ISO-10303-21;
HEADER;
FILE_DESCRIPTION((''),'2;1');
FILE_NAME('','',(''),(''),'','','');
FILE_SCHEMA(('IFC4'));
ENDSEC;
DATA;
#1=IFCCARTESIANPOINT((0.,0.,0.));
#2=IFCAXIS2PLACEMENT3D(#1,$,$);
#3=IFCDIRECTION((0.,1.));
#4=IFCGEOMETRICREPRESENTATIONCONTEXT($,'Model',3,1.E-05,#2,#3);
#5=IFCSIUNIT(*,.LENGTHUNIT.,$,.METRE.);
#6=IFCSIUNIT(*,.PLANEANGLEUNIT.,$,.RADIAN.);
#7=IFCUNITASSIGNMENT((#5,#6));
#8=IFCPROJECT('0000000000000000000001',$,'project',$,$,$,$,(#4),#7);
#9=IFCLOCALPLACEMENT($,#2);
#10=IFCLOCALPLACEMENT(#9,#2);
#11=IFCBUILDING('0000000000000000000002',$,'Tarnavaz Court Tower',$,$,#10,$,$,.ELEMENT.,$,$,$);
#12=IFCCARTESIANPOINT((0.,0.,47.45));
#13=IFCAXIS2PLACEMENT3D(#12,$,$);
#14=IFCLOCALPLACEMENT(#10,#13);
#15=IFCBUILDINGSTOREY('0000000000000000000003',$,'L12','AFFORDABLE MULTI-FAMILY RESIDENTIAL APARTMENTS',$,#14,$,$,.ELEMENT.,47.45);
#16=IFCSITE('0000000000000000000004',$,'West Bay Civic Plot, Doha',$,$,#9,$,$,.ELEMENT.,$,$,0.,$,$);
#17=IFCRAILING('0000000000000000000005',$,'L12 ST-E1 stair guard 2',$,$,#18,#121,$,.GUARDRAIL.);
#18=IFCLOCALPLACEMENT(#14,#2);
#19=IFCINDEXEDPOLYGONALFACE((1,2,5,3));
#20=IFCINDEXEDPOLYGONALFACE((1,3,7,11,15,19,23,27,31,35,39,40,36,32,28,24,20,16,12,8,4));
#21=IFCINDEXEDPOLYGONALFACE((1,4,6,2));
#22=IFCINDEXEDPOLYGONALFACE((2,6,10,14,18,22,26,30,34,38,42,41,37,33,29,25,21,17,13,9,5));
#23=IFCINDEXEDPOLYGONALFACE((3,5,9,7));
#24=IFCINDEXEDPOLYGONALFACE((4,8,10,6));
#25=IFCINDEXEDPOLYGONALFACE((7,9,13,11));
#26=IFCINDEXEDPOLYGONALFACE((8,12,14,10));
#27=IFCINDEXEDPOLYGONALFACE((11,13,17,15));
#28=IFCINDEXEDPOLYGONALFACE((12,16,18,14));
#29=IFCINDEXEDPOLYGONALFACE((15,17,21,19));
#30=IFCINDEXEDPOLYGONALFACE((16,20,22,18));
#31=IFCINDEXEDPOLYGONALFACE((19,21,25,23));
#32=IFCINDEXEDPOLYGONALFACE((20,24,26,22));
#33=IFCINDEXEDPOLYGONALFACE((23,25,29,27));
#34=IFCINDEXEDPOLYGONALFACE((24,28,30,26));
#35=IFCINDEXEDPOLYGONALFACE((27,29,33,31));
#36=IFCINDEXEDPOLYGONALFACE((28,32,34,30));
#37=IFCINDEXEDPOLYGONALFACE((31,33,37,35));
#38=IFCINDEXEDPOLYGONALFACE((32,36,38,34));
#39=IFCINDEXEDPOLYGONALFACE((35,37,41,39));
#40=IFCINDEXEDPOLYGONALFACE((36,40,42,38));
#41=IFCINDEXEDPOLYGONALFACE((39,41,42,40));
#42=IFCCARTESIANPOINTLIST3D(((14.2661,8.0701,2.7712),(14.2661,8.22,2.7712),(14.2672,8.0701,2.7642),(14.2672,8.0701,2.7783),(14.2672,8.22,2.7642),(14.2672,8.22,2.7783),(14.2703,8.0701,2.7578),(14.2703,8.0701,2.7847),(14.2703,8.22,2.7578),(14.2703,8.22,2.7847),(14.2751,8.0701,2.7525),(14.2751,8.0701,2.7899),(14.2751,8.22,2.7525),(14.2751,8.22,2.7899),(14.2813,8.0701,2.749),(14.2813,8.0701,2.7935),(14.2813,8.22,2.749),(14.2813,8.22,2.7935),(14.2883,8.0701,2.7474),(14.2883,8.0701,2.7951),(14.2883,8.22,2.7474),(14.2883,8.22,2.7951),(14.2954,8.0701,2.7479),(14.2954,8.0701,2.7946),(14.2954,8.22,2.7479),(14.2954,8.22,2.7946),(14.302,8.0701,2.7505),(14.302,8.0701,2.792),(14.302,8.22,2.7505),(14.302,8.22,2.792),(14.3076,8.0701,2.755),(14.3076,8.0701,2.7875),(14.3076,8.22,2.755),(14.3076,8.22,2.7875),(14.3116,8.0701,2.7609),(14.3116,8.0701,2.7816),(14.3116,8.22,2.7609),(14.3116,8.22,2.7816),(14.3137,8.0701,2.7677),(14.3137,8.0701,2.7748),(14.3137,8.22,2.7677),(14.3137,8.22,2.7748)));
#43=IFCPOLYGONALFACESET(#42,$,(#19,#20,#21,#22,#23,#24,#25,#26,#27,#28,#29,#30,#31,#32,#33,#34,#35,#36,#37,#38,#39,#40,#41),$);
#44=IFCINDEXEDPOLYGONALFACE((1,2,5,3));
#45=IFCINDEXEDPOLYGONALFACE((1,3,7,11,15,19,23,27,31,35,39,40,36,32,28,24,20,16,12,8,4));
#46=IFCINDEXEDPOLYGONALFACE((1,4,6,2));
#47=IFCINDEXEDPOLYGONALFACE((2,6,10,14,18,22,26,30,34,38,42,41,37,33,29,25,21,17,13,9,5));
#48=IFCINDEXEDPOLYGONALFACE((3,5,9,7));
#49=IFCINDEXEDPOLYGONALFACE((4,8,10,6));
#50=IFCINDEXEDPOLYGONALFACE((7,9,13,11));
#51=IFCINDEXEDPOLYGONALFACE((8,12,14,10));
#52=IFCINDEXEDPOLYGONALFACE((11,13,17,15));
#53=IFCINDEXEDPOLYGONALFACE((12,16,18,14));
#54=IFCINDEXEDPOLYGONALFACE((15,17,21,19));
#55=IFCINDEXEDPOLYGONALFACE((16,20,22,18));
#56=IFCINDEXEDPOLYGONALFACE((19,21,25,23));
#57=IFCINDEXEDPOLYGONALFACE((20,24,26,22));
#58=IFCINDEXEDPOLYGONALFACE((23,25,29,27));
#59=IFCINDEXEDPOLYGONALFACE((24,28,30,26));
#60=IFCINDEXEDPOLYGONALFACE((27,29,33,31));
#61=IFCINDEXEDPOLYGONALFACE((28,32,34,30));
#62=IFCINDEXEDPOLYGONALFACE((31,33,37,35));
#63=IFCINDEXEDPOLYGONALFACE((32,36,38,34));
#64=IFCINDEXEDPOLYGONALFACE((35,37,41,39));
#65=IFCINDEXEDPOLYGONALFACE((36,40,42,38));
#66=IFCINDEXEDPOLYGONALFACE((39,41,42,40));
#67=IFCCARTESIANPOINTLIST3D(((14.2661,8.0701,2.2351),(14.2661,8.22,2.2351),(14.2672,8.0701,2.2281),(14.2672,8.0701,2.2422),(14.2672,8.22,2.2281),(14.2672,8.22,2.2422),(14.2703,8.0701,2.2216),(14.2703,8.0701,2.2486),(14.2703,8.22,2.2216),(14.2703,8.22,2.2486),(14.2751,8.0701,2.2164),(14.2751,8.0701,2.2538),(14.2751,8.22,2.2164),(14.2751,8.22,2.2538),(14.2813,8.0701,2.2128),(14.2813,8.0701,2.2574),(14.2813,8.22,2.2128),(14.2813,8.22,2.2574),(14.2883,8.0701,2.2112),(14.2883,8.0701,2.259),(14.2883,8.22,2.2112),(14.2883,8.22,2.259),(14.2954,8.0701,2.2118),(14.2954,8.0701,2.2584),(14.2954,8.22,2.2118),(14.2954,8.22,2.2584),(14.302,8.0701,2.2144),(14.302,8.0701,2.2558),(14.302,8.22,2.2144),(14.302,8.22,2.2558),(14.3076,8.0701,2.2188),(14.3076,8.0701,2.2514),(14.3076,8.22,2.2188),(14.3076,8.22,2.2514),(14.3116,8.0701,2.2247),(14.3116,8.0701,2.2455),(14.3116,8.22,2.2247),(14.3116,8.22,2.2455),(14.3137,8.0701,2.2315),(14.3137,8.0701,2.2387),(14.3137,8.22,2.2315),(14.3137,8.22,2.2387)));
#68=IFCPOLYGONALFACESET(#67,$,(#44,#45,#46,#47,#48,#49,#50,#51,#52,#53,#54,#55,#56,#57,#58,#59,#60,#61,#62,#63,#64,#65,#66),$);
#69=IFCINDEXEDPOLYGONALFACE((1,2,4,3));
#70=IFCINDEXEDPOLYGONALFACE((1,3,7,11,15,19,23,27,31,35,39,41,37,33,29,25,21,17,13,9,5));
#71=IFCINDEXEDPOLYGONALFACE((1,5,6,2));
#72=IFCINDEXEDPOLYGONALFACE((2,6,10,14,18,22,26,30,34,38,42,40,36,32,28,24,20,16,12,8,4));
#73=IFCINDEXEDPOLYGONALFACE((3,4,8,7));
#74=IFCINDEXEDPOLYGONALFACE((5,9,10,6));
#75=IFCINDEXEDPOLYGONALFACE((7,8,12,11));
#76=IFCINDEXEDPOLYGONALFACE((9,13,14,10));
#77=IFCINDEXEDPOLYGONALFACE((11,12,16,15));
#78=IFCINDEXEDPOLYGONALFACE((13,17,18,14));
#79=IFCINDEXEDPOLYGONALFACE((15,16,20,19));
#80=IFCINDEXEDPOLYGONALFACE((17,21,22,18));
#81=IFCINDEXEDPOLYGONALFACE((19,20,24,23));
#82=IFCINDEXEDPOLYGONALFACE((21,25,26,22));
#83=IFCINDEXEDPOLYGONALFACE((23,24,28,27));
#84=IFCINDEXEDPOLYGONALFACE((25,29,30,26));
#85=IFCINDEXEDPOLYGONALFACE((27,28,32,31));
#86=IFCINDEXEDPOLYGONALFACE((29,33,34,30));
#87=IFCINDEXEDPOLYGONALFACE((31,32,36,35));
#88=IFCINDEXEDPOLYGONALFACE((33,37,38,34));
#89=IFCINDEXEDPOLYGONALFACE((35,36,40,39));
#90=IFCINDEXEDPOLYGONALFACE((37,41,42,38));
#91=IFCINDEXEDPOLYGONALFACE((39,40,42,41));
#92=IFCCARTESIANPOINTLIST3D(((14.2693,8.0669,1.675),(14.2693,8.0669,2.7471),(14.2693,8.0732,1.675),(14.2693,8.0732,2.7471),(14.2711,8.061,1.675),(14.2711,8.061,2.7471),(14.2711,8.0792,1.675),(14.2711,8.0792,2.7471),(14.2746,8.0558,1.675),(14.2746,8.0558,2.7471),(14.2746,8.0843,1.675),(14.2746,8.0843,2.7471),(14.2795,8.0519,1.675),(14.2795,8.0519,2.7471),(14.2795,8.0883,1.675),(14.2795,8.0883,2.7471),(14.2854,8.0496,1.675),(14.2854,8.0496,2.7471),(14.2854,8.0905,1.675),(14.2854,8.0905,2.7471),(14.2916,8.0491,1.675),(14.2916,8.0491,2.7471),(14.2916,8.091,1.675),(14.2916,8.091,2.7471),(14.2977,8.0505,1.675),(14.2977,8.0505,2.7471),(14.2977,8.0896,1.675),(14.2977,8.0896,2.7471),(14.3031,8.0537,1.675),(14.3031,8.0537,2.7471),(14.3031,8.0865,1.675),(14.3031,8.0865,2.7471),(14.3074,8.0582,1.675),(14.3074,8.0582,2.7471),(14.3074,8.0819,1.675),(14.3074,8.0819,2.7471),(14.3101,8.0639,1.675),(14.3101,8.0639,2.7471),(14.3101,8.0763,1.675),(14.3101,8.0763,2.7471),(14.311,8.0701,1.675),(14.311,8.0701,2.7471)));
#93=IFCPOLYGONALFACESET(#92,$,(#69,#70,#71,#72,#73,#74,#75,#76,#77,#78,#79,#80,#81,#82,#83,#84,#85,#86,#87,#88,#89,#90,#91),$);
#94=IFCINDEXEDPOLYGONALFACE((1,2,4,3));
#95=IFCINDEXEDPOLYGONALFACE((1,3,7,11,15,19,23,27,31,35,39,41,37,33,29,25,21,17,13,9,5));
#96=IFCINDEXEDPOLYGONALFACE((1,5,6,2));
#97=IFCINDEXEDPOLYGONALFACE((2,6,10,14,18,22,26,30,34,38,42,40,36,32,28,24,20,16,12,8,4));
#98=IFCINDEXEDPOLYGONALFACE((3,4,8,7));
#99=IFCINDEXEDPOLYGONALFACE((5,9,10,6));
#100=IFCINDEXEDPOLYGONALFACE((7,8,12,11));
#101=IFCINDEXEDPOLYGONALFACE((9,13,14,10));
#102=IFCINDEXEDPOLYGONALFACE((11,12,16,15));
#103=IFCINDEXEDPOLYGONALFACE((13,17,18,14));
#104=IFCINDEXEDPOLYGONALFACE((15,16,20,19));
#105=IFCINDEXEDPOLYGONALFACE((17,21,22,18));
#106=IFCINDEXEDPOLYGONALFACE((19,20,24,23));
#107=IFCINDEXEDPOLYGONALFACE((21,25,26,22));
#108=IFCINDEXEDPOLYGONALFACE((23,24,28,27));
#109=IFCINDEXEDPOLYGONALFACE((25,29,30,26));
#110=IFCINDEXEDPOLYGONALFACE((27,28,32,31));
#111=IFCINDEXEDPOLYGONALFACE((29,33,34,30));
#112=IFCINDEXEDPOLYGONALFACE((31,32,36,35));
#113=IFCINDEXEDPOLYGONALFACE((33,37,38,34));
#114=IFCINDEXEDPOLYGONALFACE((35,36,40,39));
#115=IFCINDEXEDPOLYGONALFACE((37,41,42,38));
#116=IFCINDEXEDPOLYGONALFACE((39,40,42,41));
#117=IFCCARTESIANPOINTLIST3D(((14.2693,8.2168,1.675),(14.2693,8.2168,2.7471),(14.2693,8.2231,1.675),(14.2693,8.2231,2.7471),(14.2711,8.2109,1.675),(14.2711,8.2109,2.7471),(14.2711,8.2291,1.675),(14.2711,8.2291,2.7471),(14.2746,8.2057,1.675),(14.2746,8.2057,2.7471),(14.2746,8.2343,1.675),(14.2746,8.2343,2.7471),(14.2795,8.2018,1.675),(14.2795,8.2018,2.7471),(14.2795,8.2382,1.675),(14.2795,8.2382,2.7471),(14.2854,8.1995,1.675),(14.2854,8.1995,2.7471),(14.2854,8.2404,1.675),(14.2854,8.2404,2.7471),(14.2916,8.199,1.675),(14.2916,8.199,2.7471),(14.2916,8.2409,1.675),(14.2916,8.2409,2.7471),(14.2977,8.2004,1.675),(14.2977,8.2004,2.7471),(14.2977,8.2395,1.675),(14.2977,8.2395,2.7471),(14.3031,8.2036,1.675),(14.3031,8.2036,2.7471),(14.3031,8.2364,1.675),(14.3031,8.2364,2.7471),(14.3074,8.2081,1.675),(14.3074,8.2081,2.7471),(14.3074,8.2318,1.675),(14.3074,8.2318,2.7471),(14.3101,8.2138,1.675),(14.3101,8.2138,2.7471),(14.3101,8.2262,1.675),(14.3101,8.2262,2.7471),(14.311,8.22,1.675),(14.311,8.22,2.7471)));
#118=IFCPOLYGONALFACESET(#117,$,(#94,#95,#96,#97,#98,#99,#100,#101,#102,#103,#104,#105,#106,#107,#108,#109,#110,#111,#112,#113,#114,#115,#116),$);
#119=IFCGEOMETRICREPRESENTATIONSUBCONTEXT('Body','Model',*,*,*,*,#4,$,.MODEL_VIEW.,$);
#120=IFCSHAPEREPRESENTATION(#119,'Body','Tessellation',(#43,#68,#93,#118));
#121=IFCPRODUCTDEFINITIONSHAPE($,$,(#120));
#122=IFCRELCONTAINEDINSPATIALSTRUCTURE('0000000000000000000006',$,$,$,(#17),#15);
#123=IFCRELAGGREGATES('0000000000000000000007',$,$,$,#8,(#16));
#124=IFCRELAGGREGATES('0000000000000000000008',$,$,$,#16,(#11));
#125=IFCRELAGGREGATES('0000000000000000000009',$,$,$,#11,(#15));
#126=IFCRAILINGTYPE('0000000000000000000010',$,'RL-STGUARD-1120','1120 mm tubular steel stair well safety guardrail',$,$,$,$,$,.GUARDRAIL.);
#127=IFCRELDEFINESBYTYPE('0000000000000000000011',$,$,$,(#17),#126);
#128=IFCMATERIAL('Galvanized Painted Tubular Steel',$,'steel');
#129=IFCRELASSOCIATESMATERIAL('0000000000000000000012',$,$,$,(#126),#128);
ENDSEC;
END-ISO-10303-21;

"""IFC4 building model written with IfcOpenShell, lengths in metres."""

from ifc_helpers import new_model, si_unit, direction, frame, origin, origin_2d, place, context, subcontext, project, spatial, circle, extrude, material, type_object, element, save


model = new_model("IFC4")

# Units and contexts
model_context = context("Model", 3, precision=1e-05, world=origin(), true_north=direction((0.0, 1.0)))
body_context = subcontext(model_context, "Body", "Model", "MODEL_VIEW")
ifc_project = project(units=[si_unit("LENGTHUNIT", "METRE"), si_unit("PLANEANGLEUNIT", "RADIAN")], contexts=[model_context])

# Site, building, storey
site_placement = place(None, origin())
site = spatial("IfcSite", under=ifc_project, at=site_placement, Name="West Bay Civic Plot, Doha", CompositionType="ELEMENT", RefElevation=0.0)
building_placement = place(site_placement, origin())
building = spatial("IfcBuilding", under=site, at=building_placement, Name="Tarnavaz Court Tower", CompositionType="ELEMENT")
storey_placement = place(building_placement, frame((0.0, 0.0, 47.45)))
storey = spatial("IfcBuildingStorey", under=building, at=storey_placement, Name="L12", Description="AFFORDABLE MULTI-FAMILY RESIDENTIAL APARTMENTS", CompositionType="ELEMENT", Elevation=47.45)

# Railing
ifc_material_1 = material(Name="Galvanized Painted Tubular Steel", Category="steel")
railing_type_1 = type_object("IfcRailingType", Name="RL-STGUARD-1120", Description="1120 mm tubular steel stair well safety guardrail", PredefinedType="GUARDRAIL", material=ifc_material_1)
railing_1_placement = place(storey_placement, frame((14.29, 8.0701, 1.675)))
element("IfcRailing", 1, at=railing_1_placement, inside=storey, type_object=railing_type_1, Name="L12 ST-E1 stair guard 2", PredefinedType="GUARDRAIL", context=body_context, shape_type="SweptSolid", body=[
    extrude(circle(Radius=0.0239, at=origin_2d()), frame((0.0, 0.0, 1.0962), z_axis=(0.0, 1.0, 0.0), x_axis=(-1.0, 0.0, 0.0)), (0.0, 0.0, 1.0), 0.1499),
    extrude(circle(Radius=0.0239, at=origin_2d()), frame((0.0, 0.0, 0.5601), z_axis=(0.0, 1.0, 0.0), x_axis=(-1.0, 0.0, 0.0)), (0.0, 0.0, 1.0), 0.1499),
    extrude(circle(Radius=0.021, at=origin_2d()), origin(), (0.0, 0.0, 1.0), 1.072),
    extrude(circle(Radius=0.021, at=origin_2d()), frame((0.0, 0.1499, 0.0)), (0.0, 0.0, 1.0), 1.072),
])

save(model, "model.ifc")
